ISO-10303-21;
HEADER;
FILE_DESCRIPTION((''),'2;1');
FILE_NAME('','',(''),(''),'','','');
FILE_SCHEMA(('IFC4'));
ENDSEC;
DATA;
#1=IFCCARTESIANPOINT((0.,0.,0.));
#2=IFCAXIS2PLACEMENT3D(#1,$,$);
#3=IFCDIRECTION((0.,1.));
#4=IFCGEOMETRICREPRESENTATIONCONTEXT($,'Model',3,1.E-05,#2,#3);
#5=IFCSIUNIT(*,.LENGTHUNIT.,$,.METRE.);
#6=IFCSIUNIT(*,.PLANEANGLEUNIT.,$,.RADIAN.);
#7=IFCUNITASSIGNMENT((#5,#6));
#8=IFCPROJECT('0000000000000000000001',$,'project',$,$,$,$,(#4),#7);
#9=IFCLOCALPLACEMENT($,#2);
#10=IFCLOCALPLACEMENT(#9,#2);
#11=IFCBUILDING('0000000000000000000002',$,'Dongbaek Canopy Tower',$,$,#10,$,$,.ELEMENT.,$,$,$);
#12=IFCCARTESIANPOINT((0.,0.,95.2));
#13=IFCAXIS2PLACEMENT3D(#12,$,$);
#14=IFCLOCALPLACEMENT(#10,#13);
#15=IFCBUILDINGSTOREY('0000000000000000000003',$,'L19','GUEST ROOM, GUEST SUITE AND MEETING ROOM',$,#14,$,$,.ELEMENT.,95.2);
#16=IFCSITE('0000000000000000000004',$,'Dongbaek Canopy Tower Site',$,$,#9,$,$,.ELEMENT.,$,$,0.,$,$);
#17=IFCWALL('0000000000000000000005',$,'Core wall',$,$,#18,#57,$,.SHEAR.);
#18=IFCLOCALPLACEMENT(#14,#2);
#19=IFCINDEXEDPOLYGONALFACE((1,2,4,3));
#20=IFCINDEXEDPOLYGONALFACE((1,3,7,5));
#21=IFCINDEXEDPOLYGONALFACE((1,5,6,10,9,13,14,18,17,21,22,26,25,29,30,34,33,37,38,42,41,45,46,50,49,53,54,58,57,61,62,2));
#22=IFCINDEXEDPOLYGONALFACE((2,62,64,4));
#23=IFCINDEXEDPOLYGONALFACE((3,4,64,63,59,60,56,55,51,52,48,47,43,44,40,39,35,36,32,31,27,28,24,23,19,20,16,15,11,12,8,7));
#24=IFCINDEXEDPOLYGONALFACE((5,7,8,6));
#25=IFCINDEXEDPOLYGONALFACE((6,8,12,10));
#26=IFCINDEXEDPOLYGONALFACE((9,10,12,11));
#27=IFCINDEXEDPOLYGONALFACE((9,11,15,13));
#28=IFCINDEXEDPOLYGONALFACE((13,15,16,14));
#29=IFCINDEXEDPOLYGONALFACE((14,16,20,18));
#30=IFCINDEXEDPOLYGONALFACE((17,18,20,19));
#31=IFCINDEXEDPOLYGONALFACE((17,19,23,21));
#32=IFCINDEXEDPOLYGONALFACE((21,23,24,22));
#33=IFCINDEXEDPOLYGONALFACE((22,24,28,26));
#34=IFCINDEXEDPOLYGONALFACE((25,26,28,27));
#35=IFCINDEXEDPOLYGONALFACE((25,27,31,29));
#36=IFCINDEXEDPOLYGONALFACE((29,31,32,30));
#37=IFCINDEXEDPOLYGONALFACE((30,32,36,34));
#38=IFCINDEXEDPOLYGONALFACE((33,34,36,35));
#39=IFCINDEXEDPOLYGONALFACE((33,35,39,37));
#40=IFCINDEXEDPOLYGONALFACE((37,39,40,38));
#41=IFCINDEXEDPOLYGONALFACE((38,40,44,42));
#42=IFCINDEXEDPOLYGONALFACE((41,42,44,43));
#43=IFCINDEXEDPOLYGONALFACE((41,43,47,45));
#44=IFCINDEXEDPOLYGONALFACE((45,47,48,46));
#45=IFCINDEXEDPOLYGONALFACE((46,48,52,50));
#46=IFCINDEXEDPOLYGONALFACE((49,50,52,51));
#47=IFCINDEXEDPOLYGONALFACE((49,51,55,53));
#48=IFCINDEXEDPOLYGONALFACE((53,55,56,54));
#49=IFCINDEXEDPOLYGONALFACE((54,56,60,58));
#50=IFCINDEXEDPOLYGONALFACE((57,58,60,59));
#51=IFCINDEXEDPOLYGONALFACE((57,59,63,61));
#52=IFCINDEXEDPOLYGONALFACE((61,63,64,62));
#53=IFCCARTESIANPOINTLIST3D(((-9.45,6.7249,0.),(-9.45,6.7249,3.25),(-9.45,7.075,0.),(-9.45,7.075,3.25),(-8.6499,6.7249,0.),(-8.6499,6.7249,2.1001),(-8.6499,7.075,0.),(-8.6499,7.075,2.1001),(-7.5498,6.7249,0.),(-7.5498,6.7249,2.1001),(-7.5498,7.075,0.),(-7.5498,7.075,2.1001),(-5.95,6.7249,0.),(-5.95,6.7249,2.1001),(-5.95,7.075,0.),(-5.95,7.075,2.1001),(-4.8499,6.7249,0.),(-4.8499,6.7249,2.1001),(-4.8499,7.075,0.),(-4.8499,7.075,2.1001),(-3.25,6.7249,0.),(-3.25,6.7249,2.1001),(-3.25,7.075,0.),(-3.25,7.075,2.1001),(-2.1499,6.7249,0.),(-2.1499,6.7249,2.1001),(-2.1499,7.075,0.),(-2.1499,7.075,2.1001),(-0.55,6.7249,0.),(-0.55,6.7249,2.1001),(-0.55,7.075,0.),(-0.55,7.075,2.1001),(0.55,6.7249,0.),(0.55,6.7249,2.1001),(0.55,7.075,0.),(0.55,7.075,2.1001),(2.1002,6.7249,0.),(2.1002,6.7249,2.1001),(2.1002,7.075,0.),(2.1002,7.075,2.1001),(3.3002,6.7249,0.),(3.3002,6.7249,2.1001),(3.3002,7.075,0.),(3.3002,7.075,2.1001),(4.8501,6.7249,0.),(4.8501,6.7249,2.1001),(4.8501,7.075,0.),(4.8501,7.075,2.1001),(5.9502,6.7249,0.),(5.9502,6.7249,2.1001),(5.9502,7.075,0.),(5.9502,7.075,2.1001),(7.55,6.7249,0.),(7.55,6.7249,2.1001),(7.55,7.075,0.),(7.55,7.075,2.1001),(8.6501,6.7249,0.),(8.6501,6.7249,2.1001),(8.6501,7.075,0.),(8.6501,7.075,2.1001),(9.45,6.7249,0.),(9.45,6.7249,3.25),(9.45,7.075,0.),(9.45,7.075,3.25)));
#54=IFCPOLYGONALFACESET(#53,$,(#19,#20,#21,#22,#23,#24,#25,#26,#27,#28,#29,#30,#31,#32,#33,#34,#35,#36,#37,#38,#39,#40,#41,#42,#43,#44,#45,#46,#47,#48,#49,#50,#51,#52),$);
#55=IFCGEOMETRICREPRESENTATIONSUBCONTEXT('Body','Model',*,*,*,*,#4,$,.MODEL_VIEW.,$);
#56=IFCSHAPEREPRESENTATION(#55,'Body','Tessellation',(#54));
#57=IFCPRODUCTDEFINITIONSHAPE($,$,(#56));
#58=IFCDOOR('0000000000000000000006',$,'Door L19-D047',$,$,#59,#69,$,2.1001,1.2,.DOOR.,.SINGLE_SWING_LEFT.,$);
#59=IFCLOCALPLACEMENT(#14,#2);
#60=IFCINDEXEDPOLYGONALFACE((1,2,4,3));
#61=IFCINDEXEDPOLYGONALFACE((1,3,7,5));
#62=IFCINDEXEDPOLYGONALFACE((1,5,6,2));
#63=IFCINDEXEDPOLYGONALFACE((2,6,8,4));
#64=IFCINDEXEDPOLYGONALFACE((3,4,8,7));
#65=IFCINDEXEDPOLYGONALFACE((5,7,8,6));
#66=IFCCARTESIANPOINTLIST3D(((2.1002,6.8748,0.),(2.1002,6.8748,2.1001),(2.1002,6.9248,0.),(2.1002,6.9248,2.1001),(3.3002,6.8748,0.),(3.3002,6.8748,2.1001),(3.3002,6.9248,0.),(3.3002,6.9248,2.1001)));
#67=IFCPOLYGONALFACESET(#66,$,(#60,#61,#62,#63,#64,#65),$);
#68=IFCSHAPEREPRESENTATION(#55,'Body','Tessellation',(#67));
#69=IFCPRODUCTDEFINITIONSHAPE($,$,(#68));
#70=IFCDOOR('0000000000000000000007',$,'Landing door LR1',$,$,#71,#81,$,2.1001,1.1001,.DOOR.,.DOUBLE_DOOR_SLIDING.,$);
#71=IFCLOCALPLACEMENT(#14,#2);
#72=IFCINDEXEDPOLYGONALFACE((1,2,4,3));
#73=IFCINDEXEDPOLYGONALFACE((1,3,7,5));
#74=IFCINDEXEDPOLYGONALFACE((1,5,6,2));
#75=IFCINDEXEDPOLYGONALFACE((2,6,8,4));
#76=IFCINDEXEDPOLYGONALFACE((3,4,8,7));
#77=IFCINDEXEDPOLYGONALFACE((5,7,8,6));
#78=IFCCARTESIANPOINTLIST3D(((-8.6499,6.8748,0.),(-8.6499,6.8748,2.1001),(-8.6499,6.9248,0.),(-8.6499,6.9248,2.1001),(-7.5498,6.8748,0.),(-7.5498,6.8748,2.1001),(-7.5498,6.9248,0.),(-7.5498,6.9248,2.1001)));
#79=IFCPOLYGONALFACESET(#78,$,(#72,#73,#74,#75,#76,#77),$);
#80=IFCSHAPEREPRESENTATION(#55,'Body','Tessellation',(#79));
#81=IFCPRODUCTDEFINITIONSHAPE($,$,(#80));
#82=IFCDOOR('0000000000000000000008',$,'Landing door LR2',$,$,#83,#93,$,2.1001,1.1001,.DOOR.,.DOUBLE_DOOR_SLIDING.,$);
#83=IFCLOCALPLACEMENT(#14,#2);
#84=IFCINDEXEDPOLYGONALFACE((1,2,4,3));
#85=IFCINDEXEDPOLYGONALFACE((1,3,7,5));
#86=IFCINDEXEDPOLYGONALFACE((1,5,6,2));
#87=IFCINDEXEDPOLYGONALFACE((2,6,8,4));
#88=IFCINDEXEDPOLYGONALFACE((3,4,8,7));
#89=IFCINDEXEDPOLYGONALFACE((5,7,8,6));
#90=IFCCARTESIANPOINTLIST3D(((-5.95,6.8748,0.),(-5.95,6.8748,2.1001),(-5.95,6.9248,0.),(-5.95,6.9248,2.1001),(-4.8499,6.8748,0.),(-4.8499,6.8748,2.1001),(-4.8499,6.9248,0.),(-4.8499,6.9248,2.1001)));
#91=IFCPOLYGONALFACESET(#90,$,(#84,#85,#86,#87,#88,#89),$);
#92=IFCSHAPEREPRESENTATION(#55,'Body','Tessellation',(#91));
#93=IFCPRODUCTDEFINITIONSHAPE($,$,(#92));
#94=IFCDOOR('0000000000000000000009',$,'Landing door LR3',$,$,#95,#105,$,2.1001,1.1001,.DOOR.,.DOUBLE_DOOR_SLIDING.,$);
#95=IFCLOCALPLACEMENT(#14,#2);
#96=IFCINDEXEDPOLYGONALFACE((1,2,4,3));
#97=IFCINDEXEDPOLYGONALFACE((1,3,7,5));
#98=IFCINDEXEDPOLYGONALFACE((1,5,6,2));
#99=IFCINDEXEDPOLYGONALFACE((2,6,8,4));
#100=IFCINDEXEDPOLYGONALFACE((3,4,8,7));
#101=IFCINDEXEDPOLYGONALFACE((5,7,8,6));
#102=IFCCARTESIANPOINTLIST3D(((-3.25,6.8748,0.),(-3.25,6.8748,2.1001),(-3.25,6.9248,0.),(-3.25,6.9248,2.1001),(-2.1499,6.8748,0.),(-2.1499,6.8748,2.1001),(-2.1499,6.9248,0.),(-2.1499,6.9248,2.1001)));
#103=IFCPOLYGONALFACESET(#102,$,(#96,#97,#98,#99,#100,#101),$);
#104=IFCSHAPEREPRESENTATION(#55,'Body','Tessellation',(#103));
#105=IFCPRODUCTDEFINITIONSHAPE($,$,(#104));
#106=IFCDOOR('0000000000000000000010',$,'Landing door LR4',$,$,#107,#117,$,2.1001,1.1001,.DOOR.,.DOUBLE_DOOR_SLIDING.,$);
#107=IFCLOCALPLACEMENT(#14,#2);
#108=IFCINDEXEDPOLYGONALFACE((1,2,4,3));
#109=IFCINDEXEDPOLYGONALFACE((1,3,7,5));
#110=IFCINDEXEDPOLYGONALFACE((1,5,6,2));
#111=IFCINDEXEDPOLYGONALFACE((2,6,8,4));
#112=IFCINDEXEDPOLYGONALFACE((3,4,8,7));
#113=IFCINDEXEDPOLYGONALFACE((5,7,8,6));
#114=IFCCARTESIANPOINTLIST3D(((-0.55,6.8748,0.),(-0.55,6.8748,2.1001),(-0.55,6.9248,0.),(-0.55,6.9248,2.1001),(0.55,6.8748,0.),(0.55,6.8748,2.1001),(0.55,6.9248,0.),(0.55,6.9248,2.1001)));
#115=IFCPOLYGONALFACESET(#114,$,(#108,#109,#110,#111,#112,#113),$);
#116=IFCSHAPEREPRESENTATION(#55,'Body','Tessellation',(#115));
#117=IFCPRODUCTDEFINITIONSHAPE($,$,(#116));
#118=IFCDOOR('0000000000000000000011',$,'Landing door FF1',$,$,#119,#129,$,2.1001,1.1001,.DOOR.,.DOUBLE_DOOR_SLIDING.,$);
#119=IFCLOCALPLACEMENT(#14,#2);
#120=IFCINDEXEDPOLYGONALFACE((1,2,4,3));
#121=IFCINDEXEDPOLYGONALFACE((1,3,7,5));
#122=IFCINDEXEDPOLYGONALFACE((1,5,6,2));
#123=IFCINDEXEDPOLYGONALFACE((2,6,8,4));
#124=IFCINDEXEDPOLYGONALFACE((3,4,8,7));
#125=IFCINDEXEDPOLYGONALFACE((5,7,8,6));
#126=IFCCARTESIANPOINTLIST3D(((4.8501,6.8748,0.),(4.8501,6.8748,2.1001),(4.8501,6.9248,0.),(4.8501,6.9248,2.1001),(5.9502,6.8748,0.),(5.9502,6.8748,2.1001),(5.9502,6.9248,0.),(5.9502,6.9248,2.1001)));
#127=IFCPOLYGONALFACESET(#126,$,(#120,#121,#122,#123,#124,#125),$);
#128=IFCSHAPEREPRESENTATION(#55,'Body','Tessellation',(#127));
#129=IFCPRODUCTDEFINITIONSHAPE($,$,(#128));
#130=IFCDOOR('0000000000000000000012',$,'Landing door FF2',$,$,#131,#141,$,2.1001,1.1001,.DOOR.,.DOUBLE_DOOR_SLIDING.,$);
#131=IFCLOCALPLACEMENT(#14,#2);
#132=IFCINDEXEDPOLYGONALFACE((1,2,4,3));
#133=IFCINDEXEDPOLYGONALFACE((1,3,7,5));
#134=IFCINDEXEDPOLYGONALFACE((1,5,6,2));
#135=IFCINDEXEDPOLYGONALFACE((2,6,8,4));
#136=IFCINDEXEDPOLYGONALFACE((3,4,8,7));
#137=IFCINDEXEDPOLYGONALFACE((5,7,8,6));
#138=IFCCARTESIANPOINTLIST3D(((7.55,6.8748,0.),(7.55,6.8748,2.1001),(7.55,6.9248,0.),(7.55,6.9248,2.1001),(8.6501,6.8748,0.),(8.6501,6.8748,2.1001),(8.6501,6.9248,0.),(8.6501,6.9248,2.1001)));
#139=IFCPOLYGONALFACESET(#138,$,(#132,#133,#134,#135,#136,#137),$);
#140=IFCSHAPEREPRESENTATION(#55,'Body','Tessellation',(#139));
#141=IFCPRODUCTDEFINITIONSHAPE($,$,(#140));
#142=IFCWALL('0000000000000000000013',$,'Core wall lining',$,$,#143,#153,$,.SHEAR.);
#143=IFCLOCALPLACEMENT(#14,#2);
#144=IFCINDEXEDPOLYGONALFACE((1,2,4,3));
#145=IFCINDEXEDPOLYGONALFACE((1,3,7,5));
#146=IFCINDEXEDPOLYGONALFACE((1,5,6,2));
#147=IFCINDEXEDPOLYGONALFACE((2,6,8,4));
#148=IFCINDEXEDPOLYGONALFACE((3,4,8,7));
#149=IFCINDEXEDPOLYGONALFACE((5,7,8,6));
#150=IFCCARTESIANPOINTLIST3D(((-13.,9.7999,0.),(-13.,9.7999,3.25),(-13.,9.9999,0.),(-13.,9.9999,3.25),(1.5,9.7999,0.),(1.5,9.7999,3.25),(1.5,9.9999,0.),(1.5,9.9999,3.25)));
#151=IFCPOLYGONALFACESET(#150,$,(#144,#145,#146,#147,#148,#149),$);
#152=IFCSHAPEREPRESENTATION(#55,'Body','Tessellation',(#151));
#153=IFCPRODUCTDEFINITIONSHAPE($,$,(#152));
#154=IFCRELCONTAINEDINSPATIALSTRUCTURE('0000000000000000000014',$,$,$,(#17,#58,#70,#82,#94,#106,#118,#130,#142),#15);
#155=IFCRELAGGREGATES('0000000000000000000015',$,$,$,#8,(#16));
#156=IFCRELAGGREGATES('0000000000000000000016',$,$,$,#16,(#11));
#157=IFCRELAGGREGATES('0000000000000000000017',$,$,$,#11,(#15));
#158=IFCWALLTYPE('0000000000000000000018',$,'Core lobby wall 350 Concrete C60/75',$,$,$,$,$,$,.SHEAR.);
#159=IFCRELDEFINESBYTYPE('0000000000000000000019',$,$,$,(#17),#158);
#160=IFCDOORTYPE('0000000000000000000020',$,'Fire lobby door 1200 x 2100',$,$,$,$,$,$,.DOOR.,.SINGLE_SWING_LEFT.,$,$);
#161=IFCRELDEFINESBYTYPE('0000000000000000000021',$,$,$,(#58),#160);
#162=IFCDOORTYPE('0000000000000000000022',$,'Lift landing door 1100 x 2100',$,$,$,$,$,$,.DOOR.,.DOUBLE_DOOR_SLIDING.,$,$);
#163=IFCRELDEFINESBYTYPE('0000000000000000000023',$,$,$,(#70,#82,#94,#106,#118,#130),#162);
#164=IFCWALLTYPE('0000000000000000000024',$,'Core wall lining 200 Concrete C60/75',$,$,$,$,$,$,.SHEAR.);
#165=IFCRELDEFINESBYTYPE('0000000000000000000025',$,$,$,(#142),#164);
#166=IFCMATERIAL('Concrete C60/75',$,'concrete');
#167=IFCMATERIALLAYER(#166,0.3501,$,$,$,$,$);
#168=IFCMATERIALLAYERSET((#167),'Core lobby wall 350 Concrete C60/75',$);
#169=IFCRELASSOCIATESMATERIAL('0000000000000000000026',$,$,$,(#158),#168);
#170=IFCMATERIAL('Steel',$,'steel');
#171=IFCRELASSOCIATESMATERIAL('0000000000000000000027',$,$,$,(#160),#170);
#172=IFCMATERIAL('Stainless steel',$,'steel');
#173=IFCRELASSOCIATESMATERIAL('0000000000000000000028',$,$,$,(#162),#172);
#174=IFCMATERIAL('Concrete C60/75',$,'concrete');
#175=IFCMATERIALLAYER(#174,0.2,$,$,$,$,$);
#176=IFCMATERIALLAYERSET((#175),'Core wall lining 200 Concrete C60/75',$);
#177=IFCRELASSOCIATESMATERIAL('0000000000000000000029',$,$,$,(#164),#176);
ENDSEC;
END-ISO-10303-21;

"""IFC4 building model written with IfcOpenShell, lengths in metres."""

from ifc_helpers import new_model, si_unit, direction, frame, frame_2d, origin, place, context, subcontext, project, spatial, rectangle, extrude, material, layer, layer_set, type_object, element, fill, save


model = new_model("IFC4")

# Units and contexts
model_context = context("Model", 3, precision=1e-05, world=origin(), true_north=direction((0.0, 1.0)))
body_context = subcontext(model_context, "Body", "Model", "MODEL_VIEW")
ifc_project = project(units=[si_unit("LENGTHUNIT", "METRE"), si_unit("PLANEANGLEUNIT", "RADIAN")], contexts=[model_context])

# Site, building, storey
site_placement = place(None, origin())
site = spatial("IfcSite", under=ifc_project, at=site_placement, Name="Dongbaek Canopy Tower Site", CompositionType="ELEMENT", RefElevation=0.0)
building_placement = place(site_placement, origin())
building = spatial("IfcBuilding", under=site, at=building_placement, Name="Dongbaek Canopy Tower", CompositionType="ELEMENT")
storey_placement = place(building_placement, frame((0.0, 0.0, 95.2)))
storey = spatial("IfcBuildingStorey", under=building, at=storey_placement, Name="L19", Description="GUEST ROOM, GUEST SUITE AND MEETING ROOM", CompositionType="ELEMENT", Elevation=95.2)

# Wall, openings, doors
ifc_material_1 = material(Name="Concrete C60/75", Category="concrete")
ifc_layer_1 = layer(ifc_material_1, 0.3501)
ifc_layer_set_1 = layer_set([ifc_layer_1], Name="Core lobby wall 350 Concrete C60/75")
wall_type_1 = type_object("IfcWallType", Name="Core lobby wall 350 Concrete C60/75", PredefinedType="SHEAR", material=ifc_layer_set_1)
wall_1_placement = place(storey_placement, frame((-9.45, 6.8999, 0.0), z_axis=(0.0, 0.0, 1.0), x_axis=(1.0, 0.0, 0.0)))
wall_1 = element("IfcWall", 1, at=wall_1_placement, inside=storey, type_object=wall_type_1, Name="Core wall", PredefinedType="SHEAR", context=body_context, shape_type="SweptSolid", body=[
    extrude(rectangle(XDim=18.8999, YDim=0.3501, at=frame_2d((9.45, 0.0))), origin(), (0.0, 0.0, 1.0), 3.25),
])
opening_1_placement = place(wall_1_placement, frame((0.8, 0.0, 0.0)))
opening_1 = element("IfcOpeningElement", 2, at=opening_1_placement, cuts=wall_1, PredefinedType="OPENING", context=body_context, shape_type="SweptSolid", body=[
    extrude(rectangle(XDim=1.1001, YDim=2.1001, at=frame_2d((0.55, 1.05))), frame((0.0, 0.1851, 0.0), z_axis=(0.0, -1.0, 0.0), x_axis=(1.0, 0.0, 0.0)), (0.0, 0.0, 1.0), 0.3701),
])
opening_2_placement = place(wall_1_placement, frame((3.5, 0.0, 0.0)))
opening_2 = element("IfcOpeningElement", 3, at=opening_2_placement, cuts=wall_1, PredefinedType="OPENING", context=body_context, shape_type="SweptSolid", body=[
    extrude(rectangle(XDim=1.1001, YDim=2.1001, at=frame_2d((0.55, 1.05))), frame((0.0, 0.1851, 0.0), z_axis=(0.0, -1.0, 0.0), x_axis=(1.0, 0.0, 0.0)), (0.0, 0.0, 1.0), 0.3701),
])
opening_3_placement = place(wall_1_placement, frame((6.2, 0.0, 0.0)))
opening_3 = element("IfcOpeningElement", 4, at=opening_3_placement, cuts=wall_1, PredefinedType="OPENING", context=body_context, shape_type="SweptSolid", body=[
    extrude(rectangle(XDim=1.1001, YDim=2.1001, at=frame_2d((0.55, 1.05))), frame((0.0, 0.1851, 0.0), z_axis=(0.0, -1.0, 0.0), x_axis=(1.0, 0.0, 0.0)), (0.0, 0.0, 1.0), 0.3701),
])
opening_4_placement = place(wall_1_placement, frame((8.8999, 0.0, 0.0)))
opening_4 = element("IfcOpeningElement", 5, at=opening_4_placement, cuts=wall_1, PredefinedType="OPENING", context=body_context, shape_type="SweptSolid", body=[
    extrude(rectangle(XDim=1.1001, YDim=2.1001, at=frame_2d((0.55, 1.05))), frame((0.0, 0.1851, 0.0), z_axis=(0.0, -1.0, 0.0), x_axis=(1.0, 0.0, 0.0)), (0.0, 0.0, 1.0), 0.3701),
])
opening_5_placement = place(wall_1_placement, frame((11.55, 0.0, 0.0)))
opening_5 = element("IfcOpeningElement", 6, at=opening_5_placement, cuts=wall_1, PredefinedType="OPENING", context=body_context, shape_type="SweptSolid", body=[
    extrude(rectangle(XDim=1.2, YDim=2.1001, at=frame_2d((0.6001, 1.05))), frame((0.0, 0.1851, 0.0), z_axis=(0.0, -1.0, 0.0), x_axis=(1.0, 0.0, 0.0)), (0.0, 0.0, 1.0), 0.3701),
])
opening_6_placement = place(wall_1_placement, frame((14.3, 0.0, 0.0)))
opening_6 = element("IfcOpeningElement", 7, at=opening_6_placement, cuts=wall_1, PredefinedType="OPENING", context=body_context, shape_type="SweptSolid", body=[
    extrude(rectangle(XDim=1.1001, YDim=2.1001, at=frame_2d((0.55, 1.05))), frame((0.0, 0.1851, 0.0), z_axis=(0.0, -1.0, 0.0), x_axis=(1.0, 0.0, 0.0)), (0.0, 0.0, 1.0), 0.3701),
])
opening_7_placement = place(wall_1_placement, frame((17.0, 0.0, 0.0)))
opening_7 = element("IfcOpeningElement", 8, at=opening_7_placement, cuts=wall_1, PredefinedType="OPENING", context=body_context, shape_type="SweptSolid", body=[
    extrude(rectangle(XDim=1.1001, YDim=2.1001, at=frame_2d((0.55, 1.05))), frame((0.0, 0.1851, 0.0), z_axis=(0.0, -1.0, 0.0), x_axis=(1.0, 0.0, 0.0)), (0.0, 0.0, 1.0), 0.3701),
])
ifc_material_2 = material(Name="Steel", Category="steel")
door_type_1 = type_object("IfcDoorType", Name="Fire lobby door 1200 x 2100", OperationType="SINGLE_SWING_LEFT", PredefinedType="DOOR", material=ifc_material_2)
door_1_placement = place(opening_5_placement, origin())
door_1 = element("IfcDoor", 9, at=door_1_placement, inside=storey, type_object=door_type_1, Name="Door L19-D047", OperationType="SINGLE_SWING_LEFT", OverallHeight=2.1001, OverallWidth=1.2, PredefinedType="DOOR", context=body_context, shape_type="SweptSolid", body=[
    extrude(rectangle(XDim=1.2, YDim=2.1001, at=frame_2d((0.6001, 1.05))), frame((0.0, 0.0249, 0.0), z_axis=(0.0, -1.0, 0.0), x_axis=(1.0, 0.0, 0.0)), (0.0, 0.0, 1.0), 0.05),
])
fill(opening_5, door_1)
ifc_material_3 = material(Name="Stainless steel", Category="steel")
door_type_2 = type_object("IfcDoorType", Name="Lift landing door 1100 x 2100", OperationType="DOUBLE_DOOR_SLIDING", PredefinedType="DOOR", material=ifc_material_3)
door_2_placement = place(opening_1_placement, origin())
door_2 = element("IfcDoor", 10, at=door_2_placement, inside=storey, type_object=door_type_2, Name="Landing door LR1", OperationType="DOUBLE_DOOR_SLIDING", OverallHeight=2.1001, OverallWidth=1.1001, PredefinedType="DOOR", context=body_context, shape_type="SweptSolid", body=[
    extrude(rectangle(XDim=1.1001, YDim=2.1001, at=frame_2d((0.55, 1.05))), frame((0.0, 0.0249, 0.0), z_axis=(0.0, -1.0, 0.0), x_axis=(1.0, 0.0, 0.0)), (0.0, 0.0, 1.0), 0.05),
])
fill(opening_1, door_2)
door_3_placement = place(opening_2_placement, origin())
door_3 = element("IfcDoor", 11, at=door_3_placement, inside=storey, type_object=door_type_2, Name="Landing door LR2", OperationType="DOUBLE_DOOR_SLIDING", OverallHeight=2.1001, OverallWidth=1.1001, PredefinedType="DOOR", context=body_context, shape_type="SweptSolid", body=[
    extrude(rectangle(XDim=1.1001, YDim=2.1001, at=frame_2d((0.55, 1.05))), frame((0.0, 0.0249, 0.0), z_axis=(0.0, -1.0, 0.0), x_axis=(1.0, 0.0, 0.0)), (0.0, 0.0, 1.0), 0.05),
])
fill(opening_2, door_3)
door_4_placement = place(opening_3_placement, origin())
door_4 = element("IfcDoor", 12, at=door_4_placement, inside=storey, type_object=door_type_2, Name="Landing door LR3", OperationType="DOUBLE_DOOR_SLIDING", OverallHeight=2.1001, OverallWidth=1.1001, PredefinedType="DOOR", context=body_context, shape_type="SweptSolid", body=[
    extrude(rectangle(XDim=1.1001, YDim=2.1001, at=frame_2d((0.55, 1.05))), frame((0.0, 0.0249, 0.0), z_axis=(0.0, -1.0, 0.0), x_axis=(1.0, 0.0, 0.0)), (0.0, 0.0, 1.0), 0.05),
])
fill(opening_3, door_4)
door_5_placement = place(opening_4_placement, origin())
door_5 = element("IfcDoor", 13, at=door_5_placement, inside=storey, type_object=door_type_2, Name="Landing door LR4", OperationType="DOUBLE_DOOR_SLIDING", OverallHeight=2.1001, OverallWidth=1.1001, PredefinedType="DOOR", context=body_context, shape_type="SweptSolid", body=[
    extrude(rectangle(XDim=1.1001, YDim=2.1001, at=frame_2d((0.55, 1.05))), frame((0.0, 0.0249, 0.0), z_axis=(0.0, -1.0, 0.0), x_axis=(1.0, 0.0, 0.0)), (0.0, 0.0, 1.0), 0.05),
])
fill(opening_4, door_5)
door_6_placement = place(opening_6_placement, origin())
door_6 = element("IfcDoor", 14, at=door_6_placement, inside=storey, type_object=door_type_2, Name="Landing door FF1", OperationType="DOUBLE_DOOR_SLIDING", OverallHeight=2.1001, OverallWidth=1.1001, PredefinedType="DOOR", context=body_context, shape_type="SweptSolid", body=[
    extrude(rectangle(XDim=1.1001, YDim=2.1001, at=frame_2d((0.55, 1.05))), frame((0.0, 0.0249, 0.0), z_axis=(0.0, -1.0, 0.0), x_axis=(1.0, 0.0, 0.0)), (0.0, 0.0, 1.0), 0.05),
])
fill(opening_6, door_6)
door_7_placement = place(opening_7_placement, origin())
door_7 = element("IfcDoor", 15, at=door_7_placement, inside=storey, type_object=door_type_2, Name="Landing door FF2", OperationType="DOUBLE_DOOR_SLIDING", OverallHeight=2.1001, OverallWidth=1.1001, PredefinedType="DOOR", context=body_context, shape_type="SweptSolid", body=[
    extrude(rectangle(XDim=1.1001, YDim=2.1001, at=frame_2d((0.55, 1.05))), frame((0.0, 0.0249, 0.0), z_axis=(0.0, -1.0, 0.0), x_axis=(1.0, 0.0, 0.0)), (0.0, 0.0, 1.0), 0.05),
])
fill(opening_7, door_7)

# Wall
ifc_material_4 = material(Name="Concrete C60/75", Category="concrete")
ifc_layer_2 = layer(ifc_material_4, 0.2)
ifc_layer_set_2 = layer_set([ifc_layer_2], Name="Core wall lining 200 Concrete C60/75")
wall_type_2 = type_object("IfcWallType", Name="Core wall lining 200 Concrete C60/75", PredefinedType="SHEAR", material=ifc_layer_set_2)
wall_2_placement = place(storey_placement, frame((-13.0, 9.8999, 0.0), z_axis=(0.0, 0.0, 1.0), x_axis=(1.0, 0.0, 0.0)))
element("IfcWall", 16, at=wall_2_placement, inside=storey, type_object=wall_type_2, Name="Core wall lining", PredefinedType="SHEAR", context=body_context, shape_type="SweptSolid", body=[
    extrude(rectangle(XDim=14.5, YDim=0.2, at=frame_2d((7.25, 0.0))), origin(), (0.0, 0.0, 1.0), 3.25),
])

save(model, "model.ifc")
